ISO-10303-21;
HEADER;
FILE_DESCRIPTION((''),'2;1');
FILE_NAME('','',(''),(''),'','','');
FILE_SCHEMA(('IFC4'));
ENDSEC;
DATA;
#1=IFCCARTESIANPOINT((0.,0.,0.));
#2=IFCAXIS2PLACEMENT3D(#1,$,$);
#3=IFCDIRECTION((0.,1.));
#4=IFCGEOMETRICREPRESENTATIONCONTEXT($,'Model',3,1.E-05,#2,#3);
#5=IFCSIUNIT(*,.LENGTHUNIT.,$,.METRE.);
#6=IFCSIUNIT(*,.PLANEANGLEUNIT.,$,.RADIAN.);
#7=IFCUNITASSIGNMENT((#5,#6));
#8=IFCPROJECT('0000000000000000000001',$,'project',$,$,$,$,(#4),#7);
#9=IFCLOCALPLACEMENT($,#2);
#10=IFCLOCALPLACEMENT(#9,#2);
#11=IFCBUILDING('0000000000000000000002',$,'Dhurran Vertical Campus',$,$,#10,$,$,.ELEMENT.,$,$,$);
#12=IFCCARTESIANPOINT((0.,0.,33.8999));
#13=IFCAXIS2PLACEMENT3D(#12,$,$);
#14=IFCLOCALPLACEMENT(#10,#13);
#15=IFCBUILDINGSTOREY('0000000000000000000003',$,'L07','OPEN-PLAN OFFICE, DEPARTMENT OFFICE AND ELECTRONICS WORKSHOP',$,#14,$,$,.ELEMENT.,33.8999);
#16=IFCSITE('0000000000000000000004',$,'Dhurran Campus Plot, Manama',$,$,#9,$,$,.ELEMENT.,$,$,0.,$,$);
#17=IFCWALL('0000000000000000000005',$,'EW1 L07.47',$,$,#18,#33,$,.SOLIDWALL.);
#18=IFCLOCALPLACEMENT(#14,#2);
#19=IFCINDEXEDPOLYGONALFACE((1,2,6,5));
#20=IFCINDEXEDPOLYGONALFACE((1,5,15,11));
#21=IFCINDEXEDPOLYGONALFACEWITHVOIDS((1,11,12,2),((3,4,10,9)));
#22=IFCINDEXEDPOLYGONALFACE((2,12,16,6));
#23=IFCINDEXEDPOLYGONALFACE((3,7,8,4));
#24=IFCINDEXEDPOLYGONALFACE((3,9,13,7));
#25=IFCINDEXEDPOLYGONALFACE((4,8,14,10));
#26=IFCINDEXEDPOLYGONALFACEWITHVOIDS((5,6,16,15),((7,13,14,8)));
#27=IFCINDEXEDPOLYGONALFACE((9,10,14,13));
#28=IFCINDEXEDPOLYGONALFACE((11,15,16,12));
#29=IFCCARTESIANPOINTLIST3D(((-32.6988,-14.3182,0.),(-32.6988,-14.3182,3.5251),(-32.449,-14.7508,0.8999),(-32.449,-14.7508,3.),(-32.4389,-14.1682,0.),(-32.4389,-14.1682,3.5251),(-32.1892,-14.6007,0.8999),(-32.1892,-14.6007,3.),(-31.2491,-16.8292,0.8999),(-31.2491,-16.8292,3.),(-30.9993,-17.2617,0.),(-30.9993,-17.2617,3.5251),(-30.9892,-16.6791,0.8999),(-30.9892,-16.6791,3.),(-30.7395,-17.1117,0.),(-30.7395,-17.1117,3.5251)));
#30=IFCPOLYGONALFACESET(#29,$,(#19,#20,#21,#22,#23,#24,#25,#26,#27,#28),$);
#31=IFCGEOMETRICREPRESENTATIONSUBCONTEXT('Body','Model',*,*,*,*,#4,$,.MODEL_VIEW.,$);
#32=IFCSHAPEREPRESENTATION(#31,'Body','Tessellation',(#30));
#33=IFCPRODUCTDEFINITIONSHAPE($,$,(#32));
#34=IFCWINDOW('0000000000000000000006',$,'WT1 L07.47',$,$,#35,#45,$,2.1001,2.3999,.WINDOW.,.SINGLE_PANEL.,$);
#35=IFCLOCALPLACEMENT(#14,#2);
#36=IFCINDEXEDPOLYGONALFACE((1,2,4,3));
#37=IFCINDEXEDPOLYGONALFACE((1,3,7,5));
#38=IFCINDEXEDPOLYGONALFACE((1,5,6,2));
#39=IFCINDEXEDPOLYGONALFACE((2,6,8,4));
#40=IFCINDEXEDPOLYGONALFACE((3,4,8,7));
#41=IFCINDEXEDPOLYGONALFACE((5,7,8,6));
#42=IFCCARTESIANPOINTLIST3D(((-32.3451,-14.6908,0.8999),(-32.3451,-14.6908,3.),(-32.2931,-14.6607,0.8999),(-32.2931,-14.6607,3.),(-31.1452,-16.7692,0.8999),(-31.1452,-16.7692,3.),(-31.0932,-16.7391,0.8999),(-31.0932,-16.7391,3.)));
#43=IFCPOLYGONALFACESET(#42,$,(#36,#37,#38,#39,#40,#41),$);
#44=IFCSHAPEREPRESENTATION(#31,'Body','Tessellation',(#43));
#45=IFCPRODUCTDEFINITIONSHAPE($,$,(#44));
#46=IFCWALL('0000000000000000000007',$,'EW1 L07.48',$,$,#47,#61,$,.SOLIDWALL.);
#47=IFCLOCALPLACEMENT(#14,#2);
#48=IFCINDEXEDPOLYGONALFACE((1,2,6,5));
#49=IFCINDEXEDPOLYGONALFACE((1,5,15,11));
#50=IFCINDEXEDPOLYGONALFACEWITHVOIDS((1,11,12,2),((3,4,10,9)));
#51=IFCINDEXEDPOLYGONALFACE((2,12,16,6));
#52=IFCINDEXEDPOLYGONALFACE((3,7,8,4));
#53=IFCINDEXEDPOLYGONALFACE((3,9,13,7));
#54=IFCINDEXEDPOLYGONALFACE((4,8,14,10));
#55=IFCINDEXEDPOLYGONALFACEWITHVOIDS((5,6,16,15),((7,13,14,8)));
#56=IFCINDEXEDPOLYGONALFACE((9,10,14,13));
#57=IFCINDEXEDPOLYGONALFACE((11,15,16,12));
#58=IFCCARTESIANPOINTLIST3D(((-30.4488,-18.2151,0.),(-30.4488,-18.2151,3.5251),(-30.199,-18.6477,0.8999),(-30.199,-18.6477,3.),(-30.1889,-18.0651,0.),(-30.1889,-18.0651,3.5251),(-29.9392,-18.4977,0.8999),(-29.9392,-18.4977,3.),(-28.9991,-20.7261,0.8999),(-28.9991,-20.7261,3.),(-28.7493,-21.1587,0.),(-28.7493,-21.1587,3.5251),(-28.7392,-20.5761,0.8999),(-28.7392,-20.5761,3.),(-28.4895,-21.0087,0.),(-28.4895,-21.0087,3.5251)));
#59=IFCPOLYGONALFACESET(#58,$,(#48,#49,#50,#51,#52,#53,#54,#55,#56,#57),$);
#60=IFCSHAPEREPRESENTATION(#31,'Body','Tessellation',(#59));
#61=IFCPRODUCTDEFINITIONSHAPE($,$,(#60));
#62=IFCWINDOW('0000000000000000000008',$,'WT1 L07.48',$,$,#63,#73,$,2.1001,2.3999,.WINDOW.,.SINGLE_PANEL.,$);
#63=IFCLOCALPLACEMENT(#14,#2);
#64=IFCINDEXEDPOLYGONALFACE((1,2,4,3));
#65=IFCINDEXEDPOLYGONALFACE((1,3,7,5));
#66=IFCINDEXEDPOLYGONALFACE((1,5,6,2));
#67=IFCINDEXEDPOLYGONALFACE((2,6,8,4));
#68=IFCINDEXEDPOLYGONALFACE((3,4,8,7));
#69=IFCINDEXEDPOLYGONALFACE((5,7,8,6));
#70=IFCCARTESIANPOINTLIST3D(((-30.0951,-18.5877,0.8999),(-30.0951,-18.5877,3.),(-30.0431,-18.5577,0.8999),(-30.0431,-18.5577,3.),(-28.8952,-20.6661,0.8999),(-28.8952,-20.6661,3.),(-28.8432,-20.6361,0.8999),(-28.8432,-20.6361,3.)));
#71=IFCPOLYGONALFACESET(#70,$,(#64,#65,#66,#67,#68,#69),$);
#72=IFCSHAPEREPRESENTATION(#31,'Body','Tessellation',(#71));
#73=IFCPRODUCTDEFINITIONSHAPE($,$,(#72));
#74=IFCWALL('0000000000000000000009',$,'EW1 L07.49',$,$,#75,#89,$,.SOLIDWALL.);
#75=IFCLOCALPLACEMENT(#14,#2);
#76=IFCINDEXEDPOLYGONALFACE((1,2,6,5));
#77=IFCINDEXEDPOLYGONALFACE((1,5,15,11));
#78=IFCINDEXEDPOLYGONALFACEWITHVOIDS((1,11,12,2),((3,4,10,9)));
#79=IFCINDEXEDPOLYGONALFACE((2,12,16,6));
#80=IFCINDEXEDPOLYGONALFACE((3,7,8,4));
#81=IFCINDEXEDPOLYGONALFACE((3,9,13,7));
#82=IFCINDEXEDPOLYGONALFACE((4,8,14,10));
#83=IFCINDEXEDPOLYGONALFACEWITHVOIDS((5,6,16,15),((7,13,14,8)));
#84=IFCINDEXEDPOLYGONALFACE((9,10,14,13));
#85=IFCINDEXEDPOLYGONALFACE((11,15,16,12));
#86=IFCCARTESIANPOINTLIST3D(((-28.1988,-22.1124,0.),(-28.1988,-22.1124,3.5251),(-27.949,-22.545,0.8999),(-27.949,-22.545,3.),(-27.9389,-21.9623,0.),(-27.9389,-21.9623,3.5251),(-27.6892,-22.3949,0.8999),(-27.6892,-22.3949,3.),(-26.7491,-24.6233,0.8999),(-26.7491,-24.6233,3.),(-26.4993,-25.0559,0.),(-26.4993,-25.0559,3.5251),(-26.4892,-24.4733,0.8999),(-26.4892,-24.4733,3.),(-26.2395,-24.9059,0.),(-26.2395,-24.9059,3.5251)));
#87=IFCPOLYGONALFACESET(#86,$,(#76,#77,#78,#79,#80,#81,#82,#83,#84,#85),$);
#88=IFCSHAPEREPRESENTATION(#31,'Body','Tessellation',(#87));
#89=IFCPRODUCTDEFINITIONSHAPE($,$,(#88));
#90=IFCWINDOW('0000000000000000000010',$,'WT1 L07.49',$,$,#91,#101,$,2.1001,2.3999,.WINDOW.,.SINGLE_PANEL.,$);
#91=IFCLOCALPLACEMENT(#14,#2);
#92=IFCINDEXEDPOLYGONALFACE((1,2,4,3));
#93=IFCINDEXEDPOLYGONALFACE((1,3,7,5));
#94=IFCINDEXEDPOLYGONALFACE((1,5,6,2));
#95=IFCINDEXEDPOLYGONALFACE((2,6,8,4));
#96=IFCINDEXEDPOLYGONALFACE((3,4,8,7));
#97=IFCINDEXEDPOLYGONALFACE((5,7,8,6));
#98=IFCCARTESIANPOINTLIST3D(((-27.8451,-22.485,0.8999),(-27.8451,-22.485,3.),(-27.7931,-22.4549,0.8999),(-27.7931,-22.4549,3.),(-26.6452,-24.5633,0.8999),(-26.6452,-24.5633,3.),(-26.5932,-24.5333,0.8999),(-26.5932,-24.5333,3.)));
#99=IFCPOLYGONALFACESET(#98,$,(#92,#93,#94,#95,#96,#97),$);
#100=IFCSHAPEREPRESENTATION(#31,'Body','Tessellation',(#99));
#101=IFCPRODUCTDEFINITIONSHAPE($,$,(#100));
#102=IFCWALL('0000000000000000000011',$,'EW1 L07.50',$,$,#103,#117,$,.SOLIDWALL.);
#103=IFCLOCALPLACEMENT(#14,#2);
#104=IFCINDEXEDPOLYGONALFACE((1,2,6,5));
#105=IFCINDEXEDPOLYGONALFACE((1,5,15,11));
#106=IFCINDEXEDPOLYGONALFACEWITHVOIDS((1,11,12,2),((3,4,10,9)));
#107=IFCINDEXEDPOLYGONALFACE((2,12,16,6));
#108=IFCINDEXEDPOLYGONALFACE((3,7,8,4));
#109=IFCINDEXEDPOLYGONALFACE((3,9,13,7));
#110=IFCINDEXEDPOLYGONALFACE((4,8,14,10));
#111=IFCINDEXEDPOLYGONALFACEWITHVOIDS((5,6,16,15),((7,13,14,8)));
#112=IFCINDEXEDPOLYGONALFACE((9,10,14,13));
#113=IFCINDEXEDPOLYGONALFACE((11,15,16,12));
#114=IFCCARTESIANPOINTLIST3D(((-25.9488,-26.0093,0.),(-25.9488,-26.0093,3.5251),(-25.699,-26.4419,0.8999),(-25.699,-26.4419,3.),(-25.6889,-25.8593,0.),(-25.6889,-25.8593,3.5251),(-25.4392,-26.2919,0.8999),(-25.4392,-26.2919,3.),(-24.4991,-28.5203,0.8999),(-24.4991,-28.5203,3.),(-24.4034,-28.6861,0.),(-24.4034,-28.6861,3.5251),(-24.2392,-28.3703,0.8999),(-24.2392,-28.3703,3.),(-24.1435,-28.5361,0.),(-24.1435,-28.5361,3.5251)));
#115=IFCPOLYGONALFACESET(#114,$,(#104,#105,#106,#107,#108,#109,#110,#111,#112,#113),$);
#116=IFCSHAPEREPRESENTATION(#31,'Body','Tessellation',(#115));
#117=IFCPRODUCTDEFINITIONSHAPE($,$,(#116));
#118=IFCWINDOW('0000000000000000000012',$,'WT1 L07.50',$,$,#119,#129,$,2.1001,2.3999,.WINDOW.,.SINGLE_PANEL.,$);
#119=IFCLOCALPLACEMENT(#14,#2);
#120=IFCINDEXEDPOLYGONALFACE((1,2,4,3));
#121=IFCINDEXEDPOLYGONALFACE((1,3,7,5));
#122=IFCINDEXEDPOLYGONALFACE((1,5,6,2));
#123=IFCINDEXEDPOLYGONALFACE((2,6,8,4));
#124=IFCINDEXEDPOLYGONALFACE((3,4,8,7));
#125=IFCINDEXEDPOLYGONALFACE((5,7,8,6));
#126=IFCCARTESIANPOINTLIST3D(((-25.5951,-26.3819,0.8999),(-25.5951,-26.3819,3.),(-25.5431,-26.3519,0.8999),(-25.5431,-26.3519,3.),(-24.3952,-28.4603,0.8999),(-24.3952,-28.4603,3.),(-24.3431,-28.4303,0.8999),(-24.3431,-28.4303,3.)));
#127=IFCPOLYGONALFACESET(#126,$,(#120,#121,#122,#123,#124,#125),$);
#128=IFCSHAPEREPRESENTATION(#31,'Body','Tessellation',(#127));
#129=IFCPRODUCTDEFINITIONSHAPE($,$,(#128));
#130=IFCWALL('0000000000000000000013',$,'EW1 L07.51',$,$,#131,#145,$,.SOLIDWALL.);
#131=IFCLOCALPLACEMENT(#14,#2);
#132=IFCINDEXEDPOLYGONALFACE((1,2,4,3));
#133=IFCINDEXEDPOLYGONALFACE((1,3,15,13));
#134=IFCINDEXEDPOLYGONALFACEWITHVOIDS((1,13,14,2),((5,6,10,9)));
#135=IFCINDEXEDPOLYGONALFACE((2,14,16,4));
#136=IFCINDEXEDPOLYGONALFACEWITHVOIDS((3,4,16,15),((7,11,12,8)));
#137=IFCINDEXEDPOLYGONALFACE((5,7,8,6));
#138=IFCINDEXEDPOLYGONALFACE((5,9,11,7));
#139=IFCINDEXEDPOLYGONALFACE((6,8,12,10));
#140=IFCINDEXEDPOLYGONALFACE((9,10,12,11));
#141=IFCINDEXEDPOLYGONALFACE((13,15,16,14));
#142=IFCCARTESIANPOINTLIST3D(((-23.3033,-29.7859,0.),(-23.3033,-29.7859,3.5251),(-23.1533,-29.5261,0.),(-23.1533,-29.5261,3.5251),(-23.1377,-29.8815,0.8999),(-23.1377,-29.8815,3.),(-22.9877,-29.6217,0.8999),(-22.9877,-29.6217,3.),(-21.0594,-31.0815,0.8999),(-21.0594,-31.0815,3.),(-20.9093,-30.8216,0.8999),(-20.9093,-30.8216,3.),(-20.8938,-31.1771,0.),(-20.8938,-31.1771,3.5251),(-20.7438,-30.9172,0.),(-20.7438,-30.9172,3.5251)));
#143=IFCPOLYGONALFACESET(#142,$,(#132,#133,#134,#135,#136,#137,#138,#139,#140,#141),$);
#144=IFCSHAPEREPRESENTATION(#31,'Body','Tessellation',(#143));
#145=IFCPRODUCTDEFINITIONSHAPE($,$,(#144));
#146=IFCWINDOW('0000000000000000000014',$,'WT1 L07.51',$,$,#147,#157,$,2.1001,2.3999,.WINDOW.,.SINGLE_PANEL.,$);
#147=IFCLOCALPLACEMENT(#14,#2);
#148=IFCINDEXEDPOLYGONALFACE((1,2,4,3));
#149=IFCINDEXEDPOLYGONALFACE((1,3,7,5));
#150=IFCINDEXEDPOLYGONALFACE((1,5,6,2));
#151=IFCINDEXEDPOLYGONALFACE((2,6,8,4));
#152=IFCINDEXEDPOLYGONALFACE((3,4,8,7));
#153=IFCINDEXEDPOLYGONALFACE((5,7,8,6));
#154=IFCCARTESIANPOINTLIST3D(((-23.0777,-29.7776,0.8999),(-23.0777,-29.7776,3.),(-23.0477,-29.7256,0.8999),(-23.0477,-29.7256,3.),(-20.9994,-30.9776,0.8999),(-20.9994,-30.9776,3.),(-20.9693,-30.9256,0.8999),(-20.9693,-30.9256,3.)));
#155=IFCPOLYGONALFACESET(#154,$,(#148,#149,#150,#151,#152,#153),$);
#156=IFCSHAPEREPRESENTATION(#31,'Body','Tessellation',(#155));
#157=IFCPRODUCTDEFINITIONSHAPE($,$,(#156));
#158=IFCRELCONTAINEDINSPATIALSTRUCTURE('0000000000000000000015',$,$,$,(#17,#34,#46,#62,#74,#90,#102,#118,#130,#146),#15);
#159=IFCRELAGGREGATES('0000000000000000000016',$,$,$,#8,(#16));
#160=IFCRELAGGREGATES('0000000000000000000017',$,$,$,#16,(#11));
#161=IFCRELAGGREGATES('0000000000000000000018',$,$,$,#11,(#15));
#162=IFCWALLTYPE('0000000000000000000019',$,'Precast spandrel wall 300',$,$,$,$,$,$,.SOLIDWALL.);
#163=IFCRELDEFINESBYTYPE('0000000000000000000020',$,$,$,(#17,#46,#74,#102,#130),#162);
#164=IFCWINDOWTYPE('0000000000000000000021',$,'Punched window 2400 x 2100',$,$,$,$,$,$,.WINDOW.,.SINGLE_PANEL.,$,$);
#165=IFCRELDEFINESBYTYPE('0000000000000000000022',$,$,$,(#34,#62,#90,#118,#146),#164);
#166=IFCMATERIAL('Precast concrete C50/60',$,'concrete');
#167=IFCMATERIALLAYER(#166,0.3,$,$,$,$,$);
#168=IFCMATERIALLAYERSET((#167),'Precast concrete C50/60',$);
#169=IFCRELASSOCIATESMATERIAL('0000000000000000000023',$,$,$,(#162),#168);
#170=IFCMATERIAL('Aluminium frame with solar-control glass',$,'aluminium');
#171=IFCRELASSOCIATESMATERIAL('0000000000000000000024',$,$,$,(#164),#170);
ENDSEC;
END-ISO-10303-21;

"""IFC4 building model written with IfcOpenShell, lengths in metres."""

from ifc_helpers import new_model, si_unit, direction, frame, frame_2d, origin, place, context, subcontext, project, spatial, rectangle, extrude, material, layer, layer_set, type_object, element, fill, save


model = new_model("IFC4")

# Units and contexts
model_context = context("Model", 3, precision=1e-05, world=origin(), true_north=direction((0.0, 1.0)))
body_context = subcontext(model_context, "Body", "Model", "MODEL_VIEW")
ifc_project = project(units=[si_unit("LENGTHUNIT", "METRE"), si_unit("PLANEANGLEUNIT", "RADIAN")], contexts=[model_context])

# Site, building, storey
site_placement = place(None, origin())
site = spatial("IfcSite", under=ifc_project, at=site_placement, Name="Dhurran Campus Plot, Manama", CompositionType="ELEMENT", RefElevation=0.0)
building_placement = place(site_placement, origin())
building = spatial("IfcBuilding", under=site, at=building_placement, Name="Dhurran Vertical Campus", CompositionType="ELEMENT")
storey_placement = place(building_placement, frame((0.0, 0.0, 33.8999)))
storey = spatial("IfcBuildingStorey", under=building, at=storey_placement, Name="L07", Description="OPEN-PLAN OFFICE, DEPARTMENT OFFICE AND ELECTRONICS WORKSHOP", CompositionType="ELEMENT", Elevation=33.8999)

# Walls, openings, windows
ifc_material_1 = material(Name="Precast concrete C50/60", Category="concrete")
ifc_layer_1 = layer(ifc_material_1, 0.3)
ifc_layer_set_1 = layer_set([ifc_layer_1], Name="Precast concrete C50/60")
wall_type_1 = type_object("IfcWallType", Name="Precast spandrel wall 300", PredefinedType="SOLIDWALL", material=ifc_layer_set_1)
ifc_material_2 = material(Name="Aluminium frame with solar-control glass", Category="aluminium")
window_type = type_object("IfcWindowType", Name="Punched window 2400 x 2100", PartitioningType="SINGLE_PANEL", PredefinedType="WINDOW", material=ifc_material_2)
wall_1_placement = place(storey_placement, frame((-32.5688, -14.2432, 0.0), z_axis=(0.0, 0.0, 1.0), x_axis=(0.499994, -0.866029, 0.0)))
wall_1 = element("IfcWall", 1, at=wall_1_placement, inside=storey, type_object=wall_type_1, Name="EW1 L07.47", PredefinedType="SOLIDWALL", context=body_context, shape_type="SweptSolid", body=[
    extrude(rectangle(XDim=3.3989, YDim=0.3, at=frame_2d((1.6995, 0.0))), origin(), (0.0, 0.0, 1.0), 3.5251),
])
opening_1_placement = place(wall_1_placement, frame((0.4995, 0.0, 0.8999)))
opening_1 = element("IfcOpeningElement", 2, at=opening_1_placement, cuts=wall_1, PredefinedType="OPENING", context=body_context, shape_type="SweptSolid", body=[
    extrude(rectangle(XDim=2.3999, YDim=2.1001, at=frame_2d((1.2, 1.05))), frame((0.0, 0.1599, 0.0), z_axis=(0.0, -1.0, 0.0), x_axis=(1.0, 0.0, 0.0)), (0.0, 0.0, 1.0), 0.3201),
])
window_1_placement = place(opening_1_placement, origin())
window_1 = element("IfcWindow", 3, at=window_1_placement, inside=storey, type_object=window_type, Name="WT1 L07.47", OverallHeight=2.1001, OverallWidth=2.3999, PartitioningType="SINGLE_PANEL", PredefinedType="WINDOW", context=body_context, shape_type="SweptSolid", body=[
    extrude(rectangle(XDim=2.3999, YDim=2.1001, at=frame_2d((1.2, 1.05))), frame((0.0, 0.03, 0.0), z_axis=(0.0, -1.0, 0.0), x_axis=(1.0, 0.0, 0.0)), (0.0, 0.0, 1.0), 0.0601),
])
fill(opening_1, window_1)
wall_2_placement = place(storey_placement, frame((-30.3188, -18.1401, 0.0), z_axis=(0.0, 0.0, 1.0), x_axis=(0.499994, -0.866029, 0.0)))
wall_2 = element("IfcWall", 4, at=wall_2_placement, inside=storey, type_object=wall_type_1, Name="EW1 L07.48", PredefinedType="SOLIDWALL", context=body_context, shape_type="SweptSolid", body=[
    extrude(rectangle(XDim=3.3989, YDim=0.3, at=frame_2d((1.6995, 0.0))), origin(), (0.0, 0.0, 1.0), 3.5251),
])
opening_2_placement = place(wall_2_placement, frame((0.4995, 0.0, 0.8999)))
opening_2 = element("IfcOpeningElement", 5, at=opening_2_placement, cuts=wall_2, PredefinedType="OPENING", context=body_context, shape_type="SweptSolid", body=[
    extrude(rectangle(XDim=2.3999, YDim=2.1001, at=frame_2d((1.2, 1.05))), frame((0.0, 0.1599, 0.0), z_axis=(0.0, -1.0, 0.0), x_axis=(1.0, 0.0, 0.0)), (0.0, 0.0, 1.0), 0.3201),
])
window_2_placement = place(opening_2_placement, origin())
window_2 = element("IfcWindow", 6, at=window_2_placement, inside=storey, type_object=window_type, Name="WT1 L07.48", OverallHeight=2.1001, OverallWidth=2.3999, PartitioningType="SINGLE_PANEL", PredefinedType="WINDOW", context=body_context, shape_type="SweptSolid", body=[
    extrude(rectangle(XDim=2.3999, YDim=2.1001, at=frame_2d((1.2, 1.05))), frame((0.0, 0.03, 0.0), z_axis=(0.0, -1.0, 0.0), x_axis=(1.0, 0.0, 0.0)), (0.0, 0.0, 1.0), 0.0601),
])
fill(opening_2, window_2)
wall_3_placement = place(storey_placement, frame((-28.0688, -22.0374, 0.0), z_axis=(0.0, 0.0, 1.0), x_axis=(0.499994, -0.866029, 0.0)))
wall_3 = element("IfcWall", 7, at=wall_3_placement, inside=storey, type_object=wall_type_1, Name="EW1 L07.49", PredefinedType="SOLIDWALL", context=body_context, shape_type="SweptSolid", body=[
    extrude(rectangle(XDim=3.3989, YDim=0.3, at=frame_2d((1.6995, 0.0))), origin(), (0.0, 0.0, 1.0), 3.5251),
])
opening_3_placement = place(wall_3_placement, frame((0.4995, 0.0, 0.8999)))
opening_3 = element("IfcOpeningElement", 8, at=opening_3_placement, cuts=wall_3, PredefinedType="OPENING", context=body_context, shape_type="SweptSolid", body=[
    extrude(rectangle(XDim=2.3999, YDim=2.1001, at=frame_2d((1.2, 1.05))), frame((0.0, 0.1599, 0.0), z_axis=(0.0, -1.0, 0.0), x_axis=(1.0, 0.0, 0.0)), (0.0, 0.0, 1.0), 0.3201),
])
window_3_placement = place(opening_3_placement, origin())
window_3 = element("IfcWindow", 9, at=window_3_placement, inside=storey, type_object=window_type, Name="WT1 L07.49", OverallHeight=2.1001, OverallWidth=2.3999, PartitioningType="SINGLE_PANEL", PredefinedType="WINDOW", context=body_context, shape_type="SweptSolid", body=[
    extrude(rectangle(XDim=2.3999, YDim=2.1001, at=frame_2d((1.2, 1.05))), frame((0.0, 0.03, 0.0), z_axis=(0.0, -1.0, 0.0), x_axis=(1.0, 0.0, 0.0)), (0.0, 0.0, 1.0), 0.0601),
])
fill(opening_3, window_3)
wall_4_placement = place(storey_placement, frame((-25.8188, -25.9343, 0.0), z_axis=(0.0, 0.0, 1.0), x_axis=(0.499996, -0.866028, 0.0)))
wall_4 = element("IfcWall", 10, at=wall_4_placement, inside=storey, type_object=wall_type_1, Name="EW1 L07.50", PredefinedType="SOLIDWALL", context=body_context, shape_type="SweptSolid", body=[
    extrude(rectangle(XDim=3.0908, YDim=0.3, at=frame_2d((1.5454, 0.0))), origin(), (0.0, 0.0, 1.0), 3.5251),
])
opening_4_placement = place(wall_4_placement, frame((0.4995, 0.0, 0.8999)))
opening_4 = element("IfcOpeningElement", 11, at=opening_4_placement, cuts=wall_4, PredefinedType="OPENING", context=body_context, shape_type="SweptSolid", body=[
    extrude(rectangle(XDim=2.3999, YDim=2.1001, at=frame_2d((1.2, 1.05))), frame((0.0, 0.1599, 0.0), z_axis=(0.0, -1.0, 0.0), x_axis=(1.0, 0.0, 0.0)), (0.0, 0.0, 1.0), 0.3201),
])
window_4_placement = place(opening_4_placement, origin())
window_4 = element("IfcWindow", 12, at=window_4_placement, inside=storey, type_object=window_type, Name="WT1 L07.50", OverallHeight=2.1001, OverallWidth=2.3999, PartitioningType="SINGLE_PANEL", PredefinedType="WINDOW", context=body_context, shape_type="SweptSolid", body=[
    extrude(rectangle(XDim=2.3999, YDim=2.1001, at=frame_2d((1.2, 1.05))), frame((0.0, 0.03, 0.0), z_axis=(0.0, -1.0, 0.0), x_axis=(1.0, 0.0, 0.0)), (0.0, 0.0, 1.0), 0.0601),
])
fill(opening_4, window_4)
wall_5_placement = place(storey_placement, frame((-23.2283, -29.656, 0.0), z_axis=(0.0, 0.0, 1.0), x_axis=(0.86602, -0.500009, 0.0)))
wall_5 = element("IfcWall", 13, at=wall_5_placement, inside=storey, type_object=wall_type_1, Name="EW1 L07.51", PredefinedType="SOLIDWALL", context=body_context, shape_type="SweptSolid", body=[
    extrude(rectangle(XDim=2.7822, YDim=0.3, at=frame_2d((1.3911, 0.0))), origin(), (0.0, 0.0, 1.0), 3.5251),
])
opening_5_placement = place(wall_5_placement, frame((0.1912, 0.0, 0.8999)))
opening_5 = element("IfcOpeningElement", 14, at=opening_5_placement, cuts=wall_5, PredefinedType="OPENING", context=body_context, shape_type="SweptSolid", body=[
    extrude(rectangle(XDim=2.3999, YDim=2.1001, at=frame_2d((1.2, 1.05))), frame((0.0, 0.1599, 0.0), z_axis=(0.0, -1.0, 0.0), x_axis=(1.0, 0.0, 0.0)), (0.0, 0.0, 1.0), 0.3201),
])
window_5_placement = place(opening_5_placement, origin())
window_5 = element("IfcWindow", 15, at=window_5_placement, inside=storey, type_object=window_type, Name="WT1 L07.51", OverallHeight=2.1001, OverallWidth=2.3999, PartitioningType="SINGLE_PANEL", PredefinedType="WINDOW", context=body_context, shape_type="SweptSolid", body=[
    extrude(rectangle(XDim=2.3999, YDim=2.1001, at=frame_2d((1.2, 1.05))), frame((0.0, 0.03, 0.0), z_axis=(0.0, -1.0, 0.0), x_axis=(1.0, 0.0, 0.0)), (0.0, 0.0, 1.0), 0.0601),
])
fill(opening_5, window_5)

save(model, "model.ifc")
